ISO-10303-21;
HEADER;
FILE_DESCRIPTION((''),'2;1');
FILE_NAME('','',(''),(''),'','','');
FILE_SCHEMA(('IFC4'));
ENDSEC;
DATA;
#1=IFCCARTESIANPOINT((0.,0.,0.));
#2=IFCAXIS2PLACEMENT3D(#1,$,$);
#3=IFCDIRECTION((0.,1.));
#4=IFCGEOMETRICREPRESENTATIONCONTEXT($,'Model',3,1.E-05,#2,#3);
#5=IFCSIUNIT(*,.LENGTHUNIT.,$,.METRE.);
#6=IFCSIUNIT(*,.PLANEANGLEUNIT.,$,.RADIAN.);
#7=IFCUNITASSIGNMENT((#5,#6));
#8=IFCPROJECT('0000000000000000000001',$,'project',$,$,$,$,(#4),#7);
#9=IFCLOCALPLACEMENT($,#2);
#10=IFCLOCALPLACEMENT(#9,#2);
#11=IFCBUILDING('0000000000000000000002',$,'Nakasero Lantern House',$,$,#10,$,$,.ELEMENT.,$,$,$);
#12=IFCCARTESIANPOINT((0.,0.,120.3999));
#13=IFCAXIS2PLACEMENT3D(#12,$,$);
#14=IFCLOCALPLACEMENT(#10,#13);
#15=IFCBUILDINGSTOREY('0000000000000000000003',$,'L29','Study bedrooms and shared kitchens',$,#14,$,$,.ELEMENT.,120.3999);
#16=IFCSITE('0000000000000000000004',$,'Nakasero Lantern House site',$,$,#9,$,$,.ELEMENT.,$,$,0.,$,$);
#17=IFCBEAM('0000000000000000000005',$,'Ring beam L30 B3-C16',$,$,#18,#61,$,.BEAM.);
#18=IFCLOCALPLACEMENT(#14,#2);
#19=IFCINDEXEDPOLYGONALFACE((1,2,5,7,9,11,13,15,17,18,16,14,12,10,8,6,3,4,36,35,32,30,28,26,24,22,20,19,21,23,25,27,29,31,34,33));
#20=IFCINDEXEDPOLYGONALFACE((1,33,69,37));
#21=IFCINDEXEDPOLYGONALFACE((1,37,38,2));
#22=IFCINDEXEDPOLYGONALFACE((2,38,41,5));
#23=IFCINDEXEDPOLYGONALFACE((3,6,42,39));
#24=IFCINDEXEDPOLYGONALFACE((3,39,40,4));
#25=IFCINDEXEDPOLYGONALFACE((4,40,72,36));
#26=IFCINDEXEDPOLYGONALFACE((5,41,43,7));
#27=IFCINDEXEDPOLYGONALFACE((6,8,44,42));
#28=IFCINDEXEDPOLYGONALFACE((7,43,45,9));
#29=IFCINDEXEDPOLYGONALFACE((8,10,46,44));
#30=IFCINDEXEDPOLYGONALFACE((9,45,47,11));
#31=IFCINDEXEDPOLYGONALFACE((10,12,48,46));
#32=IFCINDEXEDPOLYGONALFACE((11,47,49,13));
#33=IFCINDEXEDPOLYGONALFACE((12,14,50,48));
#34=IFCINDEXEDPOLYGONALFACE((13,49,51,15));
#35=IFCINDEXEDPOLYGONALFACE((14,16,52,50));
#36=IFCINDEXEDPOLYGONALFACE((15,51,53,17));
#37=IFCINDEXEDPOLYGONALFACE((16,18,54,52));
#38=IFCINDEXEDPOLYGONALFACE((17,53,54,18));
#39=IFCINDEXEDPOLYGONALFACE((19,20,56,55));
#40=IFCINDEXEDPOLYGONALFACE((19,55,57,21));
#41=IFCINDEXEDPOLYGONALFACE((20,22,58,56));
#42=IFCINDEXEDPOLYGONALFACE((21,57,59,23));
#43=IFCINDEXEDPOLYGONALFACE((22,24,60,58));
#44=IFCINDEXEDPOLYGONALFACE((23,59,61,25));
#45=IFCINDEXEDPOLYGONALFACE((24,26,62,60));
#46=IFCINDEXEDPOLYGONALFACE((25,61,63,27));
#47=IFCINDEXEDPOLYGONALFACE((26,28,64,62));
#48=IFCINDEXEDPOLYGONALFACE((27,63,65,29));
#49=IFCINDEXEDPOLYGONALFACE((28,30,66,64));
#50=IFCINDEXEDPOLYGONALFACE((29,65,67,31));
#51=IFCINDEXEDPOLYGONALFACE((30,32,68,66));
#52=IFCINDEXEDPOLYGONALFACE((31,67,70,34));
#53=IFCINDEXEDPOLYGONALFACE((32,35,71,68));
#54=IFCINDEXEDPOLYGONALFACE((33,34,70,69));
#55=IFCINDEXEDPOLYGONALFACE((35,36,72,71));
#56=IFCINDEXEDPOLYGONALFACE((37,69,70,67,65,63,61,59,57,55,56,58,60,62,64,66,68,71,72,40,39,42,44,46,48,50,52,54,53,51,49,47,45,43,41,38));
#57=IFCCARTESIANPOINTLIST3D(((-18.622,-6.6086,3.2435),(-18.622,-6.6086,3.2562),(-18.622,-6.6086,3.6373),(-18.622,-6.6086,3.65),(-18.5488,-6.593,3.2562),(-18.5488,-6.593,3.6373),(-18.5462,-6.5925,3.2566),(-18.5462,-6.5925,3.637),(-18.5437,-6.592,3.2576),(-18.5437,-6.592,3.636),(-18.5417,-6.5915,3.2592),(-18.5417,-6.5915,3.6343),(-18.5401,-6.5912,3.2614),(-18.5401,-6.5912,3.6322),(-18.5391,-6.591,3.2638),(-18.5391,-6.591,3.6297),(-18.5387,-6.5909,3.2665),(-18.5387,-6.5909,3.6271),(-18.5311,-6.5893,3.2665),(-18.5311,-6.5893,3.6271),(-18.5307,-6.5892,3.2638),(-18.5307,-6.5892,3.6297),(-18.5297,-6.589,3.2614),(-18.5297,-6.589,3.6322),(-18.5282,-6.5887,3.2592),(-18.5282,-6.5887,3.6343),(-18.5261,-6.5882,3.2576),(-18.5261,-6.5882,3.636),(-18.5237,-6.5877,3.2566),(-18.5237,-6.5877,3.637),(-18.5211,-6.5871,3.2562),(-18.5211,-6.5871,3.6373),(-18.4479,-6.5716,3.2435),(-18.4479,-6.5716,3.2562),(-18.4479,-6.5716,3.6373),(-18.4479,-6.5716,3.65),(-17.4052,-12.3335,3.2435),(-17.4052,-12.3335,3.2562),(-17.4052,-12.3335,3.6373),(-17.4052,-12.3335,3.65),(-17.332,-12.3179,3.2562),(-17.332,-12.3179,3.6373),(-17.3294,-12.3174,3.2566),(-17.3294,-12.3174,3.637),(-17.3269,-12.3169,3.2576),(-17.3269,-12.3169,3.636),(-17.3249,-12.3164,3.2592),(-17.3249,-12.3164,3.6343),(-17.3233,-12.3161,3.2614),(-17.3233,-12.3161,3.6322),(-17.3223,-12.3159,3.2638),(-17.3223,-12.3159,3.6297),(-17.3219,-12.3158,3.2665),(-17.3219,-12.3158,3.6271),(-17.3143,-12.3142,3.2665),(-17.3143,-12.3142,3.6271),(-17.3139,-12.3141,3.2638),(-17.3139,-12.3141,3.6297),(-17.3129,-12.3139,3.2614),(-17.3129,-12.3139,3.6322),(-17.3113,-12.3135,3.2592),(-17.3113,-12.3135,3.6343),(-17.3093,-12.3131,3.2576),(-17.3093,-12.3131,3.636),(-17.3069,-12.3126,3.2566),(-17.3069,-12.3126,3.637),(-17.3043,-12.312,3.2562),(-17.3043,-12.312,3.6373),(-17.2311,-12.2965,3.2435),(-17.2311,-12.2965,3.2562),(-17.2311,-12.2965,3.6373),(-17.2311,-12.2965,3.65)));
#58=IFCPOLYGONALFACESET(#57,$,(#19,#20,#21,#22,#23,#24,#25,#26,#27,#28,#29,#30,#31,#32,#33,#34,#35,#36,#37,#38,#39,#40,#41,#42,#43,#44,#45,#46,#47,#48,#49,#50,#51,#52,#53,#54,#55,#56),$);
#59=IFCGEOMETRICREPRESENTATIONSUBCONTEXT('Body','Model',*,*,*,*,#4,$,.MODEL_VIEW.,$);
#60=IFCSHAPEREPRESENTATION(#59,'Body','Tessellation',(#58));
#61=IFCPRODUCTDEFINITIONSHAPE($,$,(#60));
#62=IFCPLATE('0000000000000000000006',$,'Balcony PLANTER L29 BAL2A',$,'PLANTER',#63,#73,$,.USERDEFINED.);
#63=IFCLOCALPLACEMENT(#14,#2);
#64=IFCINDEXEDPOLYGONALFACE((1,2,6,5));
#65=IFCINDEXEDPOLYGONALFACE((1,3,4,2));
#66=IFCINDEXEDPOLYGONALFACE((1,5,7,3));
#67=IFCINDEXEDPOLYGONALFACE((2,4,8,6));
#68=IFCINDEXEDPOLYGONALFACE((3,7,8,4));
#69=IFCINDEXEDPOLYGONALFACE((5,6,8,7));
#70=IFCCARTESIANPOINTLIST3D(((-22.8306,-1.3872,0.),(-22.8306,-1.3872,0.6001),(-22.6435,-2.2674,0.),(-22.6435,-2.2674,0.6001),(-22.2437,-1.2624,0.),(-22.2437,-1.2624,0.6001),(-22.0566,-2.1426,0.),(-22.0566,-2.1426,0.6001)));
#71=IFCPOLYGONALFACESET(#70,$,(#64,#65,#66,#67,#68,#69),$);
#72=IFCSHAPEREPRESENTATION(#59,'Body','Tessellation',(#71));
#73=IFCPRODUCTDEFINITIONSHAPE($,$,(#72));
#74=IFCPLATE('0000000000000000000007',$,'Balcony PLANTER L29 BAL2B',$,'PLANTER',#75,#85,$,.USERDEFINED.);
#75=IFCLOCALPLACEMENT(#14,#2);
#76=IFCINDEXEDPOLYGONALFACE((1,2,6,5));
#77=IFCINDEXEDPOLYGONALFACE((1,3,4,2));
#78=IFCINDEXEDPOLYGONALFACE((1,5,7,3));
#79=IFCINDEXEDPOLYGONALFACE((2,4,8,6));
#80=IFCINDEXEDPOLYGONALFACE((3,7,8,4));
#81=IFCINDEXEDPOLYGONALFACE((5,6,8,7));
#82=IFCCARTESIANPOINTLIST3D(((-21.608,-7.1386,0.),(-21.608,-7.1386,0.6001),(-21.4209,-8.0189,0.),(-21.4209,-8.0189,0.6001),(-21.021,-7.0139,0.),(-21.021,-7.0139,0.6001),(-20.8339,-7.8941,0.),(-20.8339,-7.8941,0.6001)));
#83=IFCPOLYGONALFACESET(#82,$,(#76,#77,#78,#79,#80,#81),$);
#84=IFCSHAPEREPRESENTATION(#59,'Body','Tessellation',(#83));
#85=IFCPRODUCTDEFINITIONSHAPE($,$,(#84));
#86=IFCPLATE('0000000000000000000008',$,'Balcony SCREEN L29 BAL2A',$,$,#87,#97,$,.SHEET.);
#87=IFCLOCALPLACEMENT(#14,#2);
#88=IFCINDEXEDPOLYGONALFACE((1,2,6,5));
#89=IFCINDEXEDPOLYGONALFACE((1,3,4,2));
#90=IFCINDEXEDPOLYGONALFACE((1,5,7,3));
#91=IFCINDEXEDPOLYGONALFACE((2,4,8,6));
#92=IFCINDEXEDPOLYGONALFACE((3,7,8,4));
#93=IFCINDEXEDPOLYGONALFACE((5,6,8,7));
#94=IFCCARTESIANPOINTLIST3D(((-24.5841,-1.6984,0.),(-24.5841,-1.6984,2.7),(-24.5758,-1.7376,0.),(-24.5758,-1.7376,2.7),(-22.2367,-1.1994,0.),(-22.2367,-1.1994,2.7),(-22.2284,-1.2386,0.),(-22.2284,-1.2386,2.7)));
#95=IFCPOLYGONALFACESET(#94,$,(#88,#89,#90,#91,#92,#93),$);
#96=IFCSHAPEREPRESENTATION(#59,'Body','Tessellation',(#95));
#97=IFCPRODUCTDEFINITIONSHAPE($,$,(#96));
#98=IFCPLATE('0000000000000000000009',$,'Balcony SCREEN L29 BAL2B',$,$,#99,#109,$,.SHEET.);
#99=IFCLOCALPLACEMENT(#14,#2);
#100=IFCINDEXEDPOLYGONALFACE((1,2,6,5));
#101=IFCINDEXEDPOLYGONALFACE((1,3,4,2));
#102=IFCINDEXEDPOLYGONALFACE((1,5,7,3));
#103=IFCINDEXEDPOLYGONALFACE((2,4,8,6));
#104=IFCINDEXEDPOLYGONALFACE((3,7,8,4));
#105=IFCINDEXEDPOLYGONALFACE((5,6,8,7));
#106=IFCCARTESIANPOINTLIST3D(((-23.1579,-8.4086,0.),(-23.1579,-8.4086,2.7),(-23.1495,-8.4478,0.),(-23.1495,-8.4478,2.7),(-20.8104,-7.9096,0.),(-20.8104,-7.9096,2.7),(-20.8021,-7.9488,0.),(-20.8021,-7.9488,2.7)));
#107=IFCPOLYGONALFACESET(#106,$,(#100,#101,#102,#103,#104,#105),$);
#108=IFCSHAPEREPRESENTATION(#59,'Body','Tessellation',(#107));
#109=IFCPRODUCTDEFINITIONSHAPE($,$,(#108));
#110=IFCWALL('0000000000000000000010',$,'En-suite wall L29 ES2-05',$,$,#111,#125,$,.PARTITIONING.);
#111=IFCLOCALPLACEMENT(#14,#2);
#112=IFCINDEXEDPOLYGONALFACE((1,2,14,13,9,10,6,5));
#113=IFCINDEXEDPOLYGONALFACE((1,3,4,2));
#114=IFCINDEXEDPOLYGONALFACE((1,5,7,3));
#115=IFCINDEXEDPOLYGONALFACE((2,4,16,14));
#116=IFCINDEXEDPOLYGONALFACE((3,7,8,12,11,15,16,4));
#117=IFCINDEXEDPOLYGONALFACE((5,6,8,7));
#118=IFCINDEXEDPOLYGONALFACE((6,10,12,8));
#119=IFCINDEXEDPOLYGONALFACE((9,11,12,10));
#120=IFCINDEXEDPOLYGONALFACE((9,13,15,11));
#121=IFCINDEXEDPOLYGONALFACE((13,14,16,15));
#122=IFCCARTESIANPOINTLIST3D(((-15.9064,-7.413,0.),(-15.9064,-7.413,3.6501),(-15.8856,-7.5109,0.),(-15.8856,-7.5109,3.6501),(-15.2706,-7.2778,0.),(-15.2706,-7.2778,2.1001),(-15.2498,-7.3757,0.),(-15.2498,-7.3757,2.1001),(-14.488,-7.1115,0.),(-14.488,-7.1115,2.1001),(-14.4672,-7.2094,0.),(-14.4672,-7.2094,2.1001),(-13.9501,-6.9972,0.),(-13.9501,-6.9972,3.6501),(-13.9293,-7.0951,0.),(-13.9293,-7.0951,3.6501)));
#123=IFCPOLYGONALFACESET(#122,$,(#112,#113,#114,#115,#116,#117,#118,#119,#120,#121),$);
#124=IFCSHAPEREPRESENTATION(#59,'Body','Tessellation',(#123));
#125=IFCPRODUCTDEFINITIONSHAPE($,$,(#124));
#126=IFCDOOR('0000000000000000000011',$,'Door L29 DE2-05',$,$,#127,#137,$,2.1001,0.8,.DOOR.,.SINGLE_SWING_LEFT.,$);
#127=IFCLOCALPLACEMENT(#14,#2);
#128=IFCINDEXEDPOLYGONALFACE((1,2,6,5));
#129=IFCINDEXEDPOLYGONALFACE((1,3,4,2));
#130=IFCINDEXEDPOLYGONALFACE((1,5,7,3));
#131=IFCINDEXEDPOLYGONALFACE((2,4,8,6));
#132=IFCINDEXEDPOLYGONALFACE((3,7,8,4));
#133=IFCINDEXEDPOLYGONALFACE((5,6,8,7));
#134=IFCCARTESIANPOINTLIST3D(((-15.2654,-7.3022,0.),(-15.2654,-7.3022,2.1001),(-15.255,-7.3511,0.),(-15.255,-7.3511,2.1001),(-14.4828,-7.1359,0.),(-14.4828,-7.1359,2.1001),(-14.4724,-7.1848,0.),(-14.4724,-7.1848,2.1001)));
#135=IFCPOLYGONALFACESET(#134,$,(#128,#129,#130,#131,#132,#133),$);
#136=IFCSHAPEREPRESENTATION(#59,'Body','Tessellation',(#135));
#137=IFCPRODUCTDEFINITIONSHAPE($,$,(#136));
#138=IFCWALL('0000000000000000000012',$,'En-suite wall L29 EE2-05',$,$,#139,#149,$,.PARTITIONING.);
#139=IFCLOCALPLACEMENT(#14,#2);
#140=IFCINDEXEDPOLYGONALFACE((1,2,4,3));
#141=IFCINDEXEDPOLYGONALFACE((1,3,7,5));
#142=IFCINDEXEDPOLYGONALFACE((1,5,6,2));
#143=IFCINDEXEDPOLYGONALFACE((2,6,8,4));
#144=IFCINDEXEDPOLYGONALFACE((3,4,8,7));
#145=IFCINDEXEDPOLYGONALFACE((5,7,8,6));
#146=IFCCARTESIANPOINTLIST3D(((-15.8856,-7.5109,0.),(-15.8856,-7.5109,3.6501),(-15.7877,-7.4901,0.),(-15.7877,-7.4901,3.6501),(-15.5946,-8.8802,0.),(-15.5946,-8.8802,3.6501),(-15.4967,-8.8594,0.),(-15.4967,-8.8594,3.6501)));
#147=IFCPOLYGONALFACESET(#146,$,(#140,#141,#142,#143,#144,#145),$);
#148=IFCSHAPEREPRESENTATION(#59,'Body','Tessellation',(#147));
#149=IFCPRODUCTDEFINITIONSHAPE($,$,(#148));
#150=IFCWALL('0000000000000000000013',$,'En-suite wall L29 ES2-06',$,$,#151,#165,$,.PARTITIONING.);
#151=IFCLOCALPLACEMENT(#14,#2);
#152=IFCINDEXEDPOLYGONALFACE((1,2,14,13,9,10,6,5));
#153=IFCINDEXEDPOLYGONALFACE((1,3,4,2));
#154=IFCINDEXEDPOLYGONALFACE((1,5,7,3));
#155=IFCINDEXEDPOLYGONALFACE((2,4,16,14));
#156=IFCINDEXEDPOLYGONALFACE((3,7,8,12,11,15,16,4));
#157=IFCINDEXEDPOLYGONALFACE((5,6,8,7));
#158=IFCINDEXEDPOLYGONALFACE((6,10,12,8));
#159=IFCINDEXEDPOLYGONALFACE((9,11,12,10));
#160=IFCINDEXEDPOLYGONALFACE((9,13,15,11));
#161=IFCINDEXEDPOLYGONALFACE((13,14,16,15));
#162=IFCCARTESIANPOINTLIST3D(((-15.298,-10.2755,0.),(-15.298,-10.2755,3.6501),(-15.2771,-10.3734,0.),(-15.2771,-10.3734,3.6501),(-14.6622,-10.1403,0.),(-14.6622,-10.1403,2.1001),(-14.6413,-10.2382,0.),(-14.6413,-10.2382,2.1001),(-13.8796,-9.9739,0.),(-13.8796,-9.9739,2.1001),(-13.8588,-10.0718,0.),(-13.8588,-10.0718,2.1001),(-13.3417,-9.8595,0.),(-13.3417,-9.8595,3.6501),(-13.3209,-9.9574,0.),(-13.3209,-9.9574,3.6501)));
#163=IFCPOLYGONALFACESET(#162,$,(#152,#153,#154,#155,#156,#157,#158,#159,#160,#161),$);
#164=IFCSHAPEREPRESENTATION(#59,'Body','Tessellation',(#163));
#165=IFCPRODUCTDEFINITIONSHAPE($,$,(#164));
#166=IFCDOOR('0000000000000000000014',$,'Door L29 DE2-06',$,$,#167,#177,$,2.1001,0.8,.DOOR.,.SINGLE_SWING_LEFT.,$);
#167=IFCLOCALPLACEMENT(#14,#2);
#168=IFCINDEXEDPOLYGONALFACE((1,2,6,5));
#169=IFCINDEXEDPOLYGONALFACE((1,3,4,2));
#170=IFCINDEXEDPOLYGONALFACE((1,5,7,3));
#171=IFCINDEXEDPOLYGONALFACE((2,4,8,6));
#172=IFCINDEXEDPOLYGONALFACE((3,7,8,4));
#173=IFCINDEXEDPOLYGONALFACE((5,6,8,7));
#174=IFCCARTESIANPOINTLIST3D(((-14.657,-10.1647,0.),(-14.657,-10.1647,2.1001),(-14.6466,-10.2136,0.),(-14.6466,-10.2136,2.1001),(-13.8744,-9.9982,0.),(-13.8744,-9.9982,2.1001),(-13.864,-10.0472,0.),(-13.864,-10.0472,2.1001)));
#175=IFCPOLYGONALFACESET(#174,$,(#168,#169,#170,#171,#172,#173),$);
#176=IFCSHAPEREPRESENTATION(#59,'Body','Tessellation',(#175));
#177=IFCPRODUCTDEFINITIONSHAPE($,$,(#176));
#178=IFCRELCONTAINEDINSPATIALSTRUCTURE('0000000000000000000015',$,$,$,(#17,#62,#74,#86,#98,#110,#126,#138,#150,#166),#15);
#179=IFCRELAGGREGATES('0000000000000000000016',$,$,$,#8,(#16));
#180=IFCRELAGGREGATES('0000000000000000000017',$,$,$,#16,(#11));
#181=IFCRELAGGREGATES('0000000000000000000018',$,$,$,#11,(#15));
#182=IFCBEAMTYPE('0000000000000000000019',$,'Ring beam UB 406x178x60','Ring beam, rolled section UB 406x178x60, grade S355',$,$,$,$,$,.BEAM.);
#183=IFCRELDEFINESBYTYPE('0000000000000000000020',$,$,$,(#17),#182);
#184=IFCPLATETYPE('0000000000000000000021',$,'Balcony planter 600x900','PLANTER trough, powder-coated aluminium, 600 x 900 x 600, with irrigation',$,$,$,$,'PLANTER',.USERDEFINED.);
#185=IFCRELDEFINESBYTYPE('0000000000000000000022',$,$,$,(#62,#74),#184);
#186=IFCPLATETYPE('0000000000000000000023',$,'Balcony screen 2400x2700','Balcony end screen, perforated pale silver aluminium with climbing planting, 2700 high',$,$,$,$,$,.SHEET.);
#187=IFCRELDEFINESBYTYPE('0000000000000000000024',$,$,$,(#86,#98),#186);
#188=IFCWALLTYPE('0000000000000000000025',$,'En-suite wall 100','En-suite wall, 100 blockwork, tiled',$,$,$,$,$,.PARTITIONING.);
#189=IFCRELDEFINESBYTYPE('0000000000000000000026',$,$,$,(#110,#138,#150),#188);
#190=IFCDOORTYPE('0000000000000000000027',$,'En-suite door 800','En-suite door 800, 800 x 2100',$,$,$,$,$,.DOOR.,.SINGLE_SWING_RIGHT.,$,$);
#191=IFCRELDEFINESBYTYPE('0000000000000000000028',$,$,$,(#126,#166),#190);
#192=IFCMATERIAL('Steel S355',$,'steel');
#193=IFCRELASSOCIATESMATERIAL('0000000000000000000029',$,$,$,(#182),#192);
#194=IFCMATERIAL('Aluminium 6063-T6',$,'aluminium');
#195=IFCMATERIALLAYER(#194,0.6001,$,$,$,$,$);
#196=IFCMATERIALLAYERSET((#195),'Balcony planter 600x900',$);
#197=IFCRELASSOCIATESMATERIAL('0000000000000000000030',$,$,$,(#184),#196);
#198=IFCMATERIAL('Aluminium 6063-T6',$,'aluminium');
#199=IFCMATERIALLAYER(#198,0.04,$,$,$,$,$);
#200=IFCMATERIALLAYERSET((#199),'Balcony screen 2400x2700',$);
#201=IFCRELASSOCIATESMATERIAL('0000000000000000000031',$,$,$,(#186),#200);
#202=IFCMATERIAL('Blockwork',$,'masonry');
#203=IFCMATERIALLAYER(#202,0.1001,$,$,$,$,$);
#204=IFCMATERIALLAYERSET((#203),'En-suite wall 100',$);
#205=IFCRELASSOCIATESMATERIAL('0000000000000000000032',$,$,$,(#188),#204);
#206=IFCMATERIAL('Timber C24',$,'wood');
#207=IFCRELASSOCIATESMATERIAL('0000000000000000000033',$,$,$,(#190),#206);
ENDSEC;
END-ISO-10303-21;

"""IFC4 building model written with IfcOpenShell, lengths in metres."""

from ifc_helpers import new_model, si_unit, direction, frame, frame_2d, origin, origin_2d, place, context, subcontext, project, spatial, rectangle, i_section, extrude, material, layer, layer_set, material_profile, profile_set, type_object, element, fill, save


model = new_model("IFC4")

# Units and contexts
model_context = context("Model", 3, precision=1e-05, world=origin(), true_north=direction((0.0, 1.0)))
body_context = subcontext(model_context, "Body", "Model", "MODEL_VIEW")
ifc_project = project(units=[si_unit("LENGTHUNIT", "METRE"), si_unit("PLANEANGLEUNIT", "RADIAN")], contexts=[model_context])

# Site, building, storey
site_placement = place(None, origin())
site = spatial("IfcSite", under=ifc_project, at=site_placement, Name="Nakasero Lantern House site", CompositionType="ELEMENT", RefElevation=0.0)
building_placement = place(site_placement, origin())
building = spatial("IfcBuilding", under=site, at=building_placement, Name="Nakasero Lantern House", CompositionType="ELEMENT")
storey_placement = place(building_placement, frame((0.0, 0.0, 120.3999)))
storey = spatial("IfcBuildingStorey", under=building, at=storey_placement, Name="L29", Description="Study bedrooms and shared kitchens", CompositionType="ELEMENT", Elevation=120.3999)

# Beam
ifc_material_1 = material(Name="Steel S355", Category="steel")
ifc_material_profile_1 = material_profile(ifc_material_1, i_section(OverallWidth=0.178, OverallDepth=0.4065, WebThickness=0.0078, FlangeThickness=0.0127, FilletRadius=0.0103, at=origin_2d()), Name="UB 406x178x60")
ifc_profile_set_1 = profile_set([ifc_material_profile_1], Name="Steel S355")
beam_type_1 = type_object("IfcBeamType", Name="Ring beam UB 406x178x60", Description="Ring beam, rolled section UB 406x178x60, grade S355", PredefinedType="BEAM", material=ifc_profile_set_1)
beam_1_placement = place(storey_placement, frame((-18.5349, -6.5901, 3.4468), z_axis=(0.207902, -0.97815, 0.0), x_axis=(0.97815, 0.207902, 0.0)))
element("IfcBeam", 1, at=beam_1_placement, inside=storey, type_object=beam_type_1, Name="Ring beam L30 B3-C16", PredefinedType="BEAM", context=body_context, shape_type="SweptSolid", body=[
    extrude(i_section(OverallWidth=0.178, OverallDepth=0.4065, WebThickness=0.0078, FlangeThickness=0.0127, FilletRadius=0.0103, at=origin_2d()), origin(), (0.0, 0.0, 1.0), 5.8528),
])

# Plates
ifc_material_2 = material(Name="Aluminium 6063-T6", Category="aluminium")
ifc_layer_1 = layer(ifc_material_2, 0.6001)
ifc_layer_set_1 = layer_set([ifc_layer_1], Name="Balcony planter 600x900")
plate_type_1 = type_object("IfcPlateType", Name="Balcony planter 600x900", Description="PLANTER trough, powder-coated aluminium, 600 x 900 x 600, with irrigation", ElementType="PLANTER", PredefinedType="USERDEFINED", material=ifc_layer_set_1)
for number, where, z_axis, x_axis, name in (
    (2, (-22.4436, -1.7649, 0.0), (0.0, 0.0, 1.0), (-0.978148, -0.207912, 0.0), "Balcony PLANTER L29 BAL2A"),
    (3, (-21.2209, -7.5164, 0.0), (0.0, 0.0, 1.0), (-0.978148, -0.207912, 0.0), "Balcony PLANTER L29 BAL2B"),
):
    element("IfcPlate", number, at=place(storey_placement, frame(where, z_axis=z_axis, x_axis=x_axis)), inside=storey, type_object=plate_type_1, Name=name, ObjectType="PLANTER", PredefinedType="USERDEFINED", context=body_context, shape_type="SweptSolid", body=[
        extrude(rectangle(XDim=0.6001, YDim=0.8999, at=origin_2d()), origin(), (0.0, 0.0, 1.0), 0.6001),
    ])
ifc_material_3 = material(Name="Aluminium 6063-T6", Category="aluminium")
ifc_layer_2 = layer(ifc_material_3, 0.04)
ifc_layer_set_2 = layer_set([ifc_layer_2], Name="Balcony screen 2400x2700")
plate_type_2 = type_object("IfcPlateType", Name="Balcony screen 2400x2700", Description="Balcony end screen, perforated pale silver aluminium with climbing planting, 2700 high", PredefinedType="SHEET", material=ifc_layer_set_2)
for number, where, z_axis, x_axis, name in (
    (4, (-23.4062, -1.4685, 0.0), (0.0, 0.0, 1.0), (-0.978148, -0.207912, 0.0), "Balcony SCREEN L29 BAL2A"),
    (5, (-21.98, -8.1787, 0.0), (0.0, 0.0, 1.0), (-0.978148, -0.207912, 0.0), "Balcony SCREEN L29 BAL2B"),
):
    element("IfcPlate", number, at=place(storey_placement, frame(where, z_axis=z_axis, x_axis=x_axis)), inside=storey, type_object=plate_type_2, Name=name, PredefinedType="SHEET", context=body_context, shape_type="SweptSolid", body=[
        extrude(rectangle(XDim=2.3999, YDim=0.04, at=origin_2d()), origin(), (0.0, 0.0, 1.0), 2.7),
    ])

# Wall, opening, door
ifc_material_4 = material(Name="Blockwork", Category="masonry")
ifc_layer_3 = layer(ifc_material_4, 0.1001)
ifc_layer_set_3 = layer_set([ifc_layer_3], Name="En-suite wall 100")
wall_type_1 = type_object("IfcWallType", Name="En-suite wall 100", Description="En-suite wall, 100 blockwork, tiled", PredefinedType="PARTITIONING", material=ifc_layer_set_3)
wall_1_placement = place(storey_placement, frame((-13.9397, -7.0461, 0.0), z_axis=(0.0, 0.0, 1.0), x_axis=(-0.978153, -0.207886, 0.0)))
wall_1 = element("IfcWall", 6, at=wall_1_placement, inside=storey, type_object=wall_type_1, Name="En-suite wall L29 ES2-05", PredefinedType="PARTITIONING", context=body_context, shape_type="SweptSolid", body=[
    extrude(rectangle(XDim=2.0, YDim=0.1001, at=frame_2d((1.0, 0.0))), origin(), (0.0, 0.0, 1.0), 3.6501),
])
opening_1_placement = place(wall_1_placement, frame((0.55, 0.0, 0.0)))
opening_1 = element("IfcOpeningElement", 7, at=opening_1_placement, cuts=wall_1, PredefinedType="OPENING", context=body_context, shape_type="SweptSolid", body=[
    extrude(rectangle(XDim=0.8, YDim=2.1001, at=frame_2d((0.3999, 1.05))), frame((0.0, 0.0701, 0.0), z_axis=(0.0, -1.0, 0.0), x_axis=(1.0, 0.0, 0.0)), (0.0, 0.0, 1.0), 0.1401),
])
ifc_material_5 = material(Name="Timber C24", Category="wood")
door_type = type_object("IfcDoorType", Name="En-suite door 800", Description="En-suite door 800, 800 x 2100", OperationType="SINGLE_SWING_RIGHT", PredefinedType="DOOR", material=ifc_material_5)
door_1_placement = place(opening_1_placement, origin())
door_1 = element("IfcDoor", 8, at=door_1_placement, inside=storey, type_object=door_type, Name="Door L29 DE2-05", OperationType="SINGLE_SWING_LEFT", OverallHeight=2.1001, OverallWidth=0.8, PredefinedType="DOOR", context=body_context, shape_type="SweptSolid", body=[
    extrude(rectangle(XDim=0.8, YDim=2.1001, at=frame_2d((0.3999, 1.05))), frame((0.0, 0.0249, 0.0), z_axis=(0.0, -1.0, 0.0), x_axis=(1.0, 0.0, 0.0)), (0.0, 0.0, 1.0), 0.05),
])
fill(opening_1, door_1)

# Wall
wall_2_placement = place(storey_placement, frame((-15.8367, -7.5005, 0.0), z_axis=(0.0, 0.0, 1.0), x_axis=(0.207873, -0.978156, 0.0)))
element("IfcWall", 9, at=wall_2_placement, inside=storey, type_object=wall_type_1, Name="En-suite wall L29 EE2-05", PredefinedType="PARTITIONING", context=body_context, shape_type="SweptSolid", body=[
    extrude(rectangle(XDim=1.3999, YDim=0.1001, at=frame_2d((0.7, 0.0))), origin(), (0.0, 0.0, 1.0), 3.6501),
])

# Wall, opening, door
wall_3_placement = place(storey_placement, frame((-13.3313, -9.9084, 0.0), z_axis=(0.0, 0.0, 1.0), x_axis=(-0.978128, -0.208003, 0.0)))
wall_3 = element("IfcWall", 10, at=wall_3_placement, inside=storey, type_object=wall_type_1, Name="En-suite wall L29 ES2-06", PredefinedType="PARTITIONING", context=body_context, shape_type="SweptSolid", body=[
    extrude(rectangle(XDim=2.0, YDim=0.1001, at=frame_2d((1.0, 0.0))), origin(), (0.0, 0.0, 1.0), 3.6501),
])
opening_2_placement = place(wall_3_placement, frame((0.55, 0.0, 0.0)))
opening_2 = element("IfcOpeningElement", 11, at=opening_2_placement, cuts=wall_3, PredefinedType="OPENING", context=body_context, shape_type="SweptSolid", body=[
    extrude(rectangle(XDim=0.8, YDim=2.1001, at=frame_2d((0.3999, 1.05))), frame((0.0, 0.0701, 0.0), z_axis=(0.0, -1.0, 0.0), x_axis=(1.0, 0.0, 0.0)), (0.0, 0.0, 1.0), 0.1401),
])
door_2_placement = place(opening_2_placement, origin())
door_2 = element("IfcDoor", 12, at=door_2_placement, inside=storey, type_object=door_type, Name="Door L29 DE2-06", OperationType="SINGLE_SWING_LEFT", OverallHeight=2.1001, OverallWidth=0.8, PredefinedType="DOOR", context=body_context, shape_type="SweptSolid", body=[
    extrude(rectangle(XDim=0.8, YDim=2.1001, at=frame_2d((0.3999, 1.05))), frame((0.0, 0.0249, 0.0), z_axis=(0.0, -1.0, 0.0), x_axis=(1.0, 0.0, 0.0)), (0.0, 0.0, 1.0), 0.05),
])
fill(opening_2, door_2)

save(model, "model.ifc")
